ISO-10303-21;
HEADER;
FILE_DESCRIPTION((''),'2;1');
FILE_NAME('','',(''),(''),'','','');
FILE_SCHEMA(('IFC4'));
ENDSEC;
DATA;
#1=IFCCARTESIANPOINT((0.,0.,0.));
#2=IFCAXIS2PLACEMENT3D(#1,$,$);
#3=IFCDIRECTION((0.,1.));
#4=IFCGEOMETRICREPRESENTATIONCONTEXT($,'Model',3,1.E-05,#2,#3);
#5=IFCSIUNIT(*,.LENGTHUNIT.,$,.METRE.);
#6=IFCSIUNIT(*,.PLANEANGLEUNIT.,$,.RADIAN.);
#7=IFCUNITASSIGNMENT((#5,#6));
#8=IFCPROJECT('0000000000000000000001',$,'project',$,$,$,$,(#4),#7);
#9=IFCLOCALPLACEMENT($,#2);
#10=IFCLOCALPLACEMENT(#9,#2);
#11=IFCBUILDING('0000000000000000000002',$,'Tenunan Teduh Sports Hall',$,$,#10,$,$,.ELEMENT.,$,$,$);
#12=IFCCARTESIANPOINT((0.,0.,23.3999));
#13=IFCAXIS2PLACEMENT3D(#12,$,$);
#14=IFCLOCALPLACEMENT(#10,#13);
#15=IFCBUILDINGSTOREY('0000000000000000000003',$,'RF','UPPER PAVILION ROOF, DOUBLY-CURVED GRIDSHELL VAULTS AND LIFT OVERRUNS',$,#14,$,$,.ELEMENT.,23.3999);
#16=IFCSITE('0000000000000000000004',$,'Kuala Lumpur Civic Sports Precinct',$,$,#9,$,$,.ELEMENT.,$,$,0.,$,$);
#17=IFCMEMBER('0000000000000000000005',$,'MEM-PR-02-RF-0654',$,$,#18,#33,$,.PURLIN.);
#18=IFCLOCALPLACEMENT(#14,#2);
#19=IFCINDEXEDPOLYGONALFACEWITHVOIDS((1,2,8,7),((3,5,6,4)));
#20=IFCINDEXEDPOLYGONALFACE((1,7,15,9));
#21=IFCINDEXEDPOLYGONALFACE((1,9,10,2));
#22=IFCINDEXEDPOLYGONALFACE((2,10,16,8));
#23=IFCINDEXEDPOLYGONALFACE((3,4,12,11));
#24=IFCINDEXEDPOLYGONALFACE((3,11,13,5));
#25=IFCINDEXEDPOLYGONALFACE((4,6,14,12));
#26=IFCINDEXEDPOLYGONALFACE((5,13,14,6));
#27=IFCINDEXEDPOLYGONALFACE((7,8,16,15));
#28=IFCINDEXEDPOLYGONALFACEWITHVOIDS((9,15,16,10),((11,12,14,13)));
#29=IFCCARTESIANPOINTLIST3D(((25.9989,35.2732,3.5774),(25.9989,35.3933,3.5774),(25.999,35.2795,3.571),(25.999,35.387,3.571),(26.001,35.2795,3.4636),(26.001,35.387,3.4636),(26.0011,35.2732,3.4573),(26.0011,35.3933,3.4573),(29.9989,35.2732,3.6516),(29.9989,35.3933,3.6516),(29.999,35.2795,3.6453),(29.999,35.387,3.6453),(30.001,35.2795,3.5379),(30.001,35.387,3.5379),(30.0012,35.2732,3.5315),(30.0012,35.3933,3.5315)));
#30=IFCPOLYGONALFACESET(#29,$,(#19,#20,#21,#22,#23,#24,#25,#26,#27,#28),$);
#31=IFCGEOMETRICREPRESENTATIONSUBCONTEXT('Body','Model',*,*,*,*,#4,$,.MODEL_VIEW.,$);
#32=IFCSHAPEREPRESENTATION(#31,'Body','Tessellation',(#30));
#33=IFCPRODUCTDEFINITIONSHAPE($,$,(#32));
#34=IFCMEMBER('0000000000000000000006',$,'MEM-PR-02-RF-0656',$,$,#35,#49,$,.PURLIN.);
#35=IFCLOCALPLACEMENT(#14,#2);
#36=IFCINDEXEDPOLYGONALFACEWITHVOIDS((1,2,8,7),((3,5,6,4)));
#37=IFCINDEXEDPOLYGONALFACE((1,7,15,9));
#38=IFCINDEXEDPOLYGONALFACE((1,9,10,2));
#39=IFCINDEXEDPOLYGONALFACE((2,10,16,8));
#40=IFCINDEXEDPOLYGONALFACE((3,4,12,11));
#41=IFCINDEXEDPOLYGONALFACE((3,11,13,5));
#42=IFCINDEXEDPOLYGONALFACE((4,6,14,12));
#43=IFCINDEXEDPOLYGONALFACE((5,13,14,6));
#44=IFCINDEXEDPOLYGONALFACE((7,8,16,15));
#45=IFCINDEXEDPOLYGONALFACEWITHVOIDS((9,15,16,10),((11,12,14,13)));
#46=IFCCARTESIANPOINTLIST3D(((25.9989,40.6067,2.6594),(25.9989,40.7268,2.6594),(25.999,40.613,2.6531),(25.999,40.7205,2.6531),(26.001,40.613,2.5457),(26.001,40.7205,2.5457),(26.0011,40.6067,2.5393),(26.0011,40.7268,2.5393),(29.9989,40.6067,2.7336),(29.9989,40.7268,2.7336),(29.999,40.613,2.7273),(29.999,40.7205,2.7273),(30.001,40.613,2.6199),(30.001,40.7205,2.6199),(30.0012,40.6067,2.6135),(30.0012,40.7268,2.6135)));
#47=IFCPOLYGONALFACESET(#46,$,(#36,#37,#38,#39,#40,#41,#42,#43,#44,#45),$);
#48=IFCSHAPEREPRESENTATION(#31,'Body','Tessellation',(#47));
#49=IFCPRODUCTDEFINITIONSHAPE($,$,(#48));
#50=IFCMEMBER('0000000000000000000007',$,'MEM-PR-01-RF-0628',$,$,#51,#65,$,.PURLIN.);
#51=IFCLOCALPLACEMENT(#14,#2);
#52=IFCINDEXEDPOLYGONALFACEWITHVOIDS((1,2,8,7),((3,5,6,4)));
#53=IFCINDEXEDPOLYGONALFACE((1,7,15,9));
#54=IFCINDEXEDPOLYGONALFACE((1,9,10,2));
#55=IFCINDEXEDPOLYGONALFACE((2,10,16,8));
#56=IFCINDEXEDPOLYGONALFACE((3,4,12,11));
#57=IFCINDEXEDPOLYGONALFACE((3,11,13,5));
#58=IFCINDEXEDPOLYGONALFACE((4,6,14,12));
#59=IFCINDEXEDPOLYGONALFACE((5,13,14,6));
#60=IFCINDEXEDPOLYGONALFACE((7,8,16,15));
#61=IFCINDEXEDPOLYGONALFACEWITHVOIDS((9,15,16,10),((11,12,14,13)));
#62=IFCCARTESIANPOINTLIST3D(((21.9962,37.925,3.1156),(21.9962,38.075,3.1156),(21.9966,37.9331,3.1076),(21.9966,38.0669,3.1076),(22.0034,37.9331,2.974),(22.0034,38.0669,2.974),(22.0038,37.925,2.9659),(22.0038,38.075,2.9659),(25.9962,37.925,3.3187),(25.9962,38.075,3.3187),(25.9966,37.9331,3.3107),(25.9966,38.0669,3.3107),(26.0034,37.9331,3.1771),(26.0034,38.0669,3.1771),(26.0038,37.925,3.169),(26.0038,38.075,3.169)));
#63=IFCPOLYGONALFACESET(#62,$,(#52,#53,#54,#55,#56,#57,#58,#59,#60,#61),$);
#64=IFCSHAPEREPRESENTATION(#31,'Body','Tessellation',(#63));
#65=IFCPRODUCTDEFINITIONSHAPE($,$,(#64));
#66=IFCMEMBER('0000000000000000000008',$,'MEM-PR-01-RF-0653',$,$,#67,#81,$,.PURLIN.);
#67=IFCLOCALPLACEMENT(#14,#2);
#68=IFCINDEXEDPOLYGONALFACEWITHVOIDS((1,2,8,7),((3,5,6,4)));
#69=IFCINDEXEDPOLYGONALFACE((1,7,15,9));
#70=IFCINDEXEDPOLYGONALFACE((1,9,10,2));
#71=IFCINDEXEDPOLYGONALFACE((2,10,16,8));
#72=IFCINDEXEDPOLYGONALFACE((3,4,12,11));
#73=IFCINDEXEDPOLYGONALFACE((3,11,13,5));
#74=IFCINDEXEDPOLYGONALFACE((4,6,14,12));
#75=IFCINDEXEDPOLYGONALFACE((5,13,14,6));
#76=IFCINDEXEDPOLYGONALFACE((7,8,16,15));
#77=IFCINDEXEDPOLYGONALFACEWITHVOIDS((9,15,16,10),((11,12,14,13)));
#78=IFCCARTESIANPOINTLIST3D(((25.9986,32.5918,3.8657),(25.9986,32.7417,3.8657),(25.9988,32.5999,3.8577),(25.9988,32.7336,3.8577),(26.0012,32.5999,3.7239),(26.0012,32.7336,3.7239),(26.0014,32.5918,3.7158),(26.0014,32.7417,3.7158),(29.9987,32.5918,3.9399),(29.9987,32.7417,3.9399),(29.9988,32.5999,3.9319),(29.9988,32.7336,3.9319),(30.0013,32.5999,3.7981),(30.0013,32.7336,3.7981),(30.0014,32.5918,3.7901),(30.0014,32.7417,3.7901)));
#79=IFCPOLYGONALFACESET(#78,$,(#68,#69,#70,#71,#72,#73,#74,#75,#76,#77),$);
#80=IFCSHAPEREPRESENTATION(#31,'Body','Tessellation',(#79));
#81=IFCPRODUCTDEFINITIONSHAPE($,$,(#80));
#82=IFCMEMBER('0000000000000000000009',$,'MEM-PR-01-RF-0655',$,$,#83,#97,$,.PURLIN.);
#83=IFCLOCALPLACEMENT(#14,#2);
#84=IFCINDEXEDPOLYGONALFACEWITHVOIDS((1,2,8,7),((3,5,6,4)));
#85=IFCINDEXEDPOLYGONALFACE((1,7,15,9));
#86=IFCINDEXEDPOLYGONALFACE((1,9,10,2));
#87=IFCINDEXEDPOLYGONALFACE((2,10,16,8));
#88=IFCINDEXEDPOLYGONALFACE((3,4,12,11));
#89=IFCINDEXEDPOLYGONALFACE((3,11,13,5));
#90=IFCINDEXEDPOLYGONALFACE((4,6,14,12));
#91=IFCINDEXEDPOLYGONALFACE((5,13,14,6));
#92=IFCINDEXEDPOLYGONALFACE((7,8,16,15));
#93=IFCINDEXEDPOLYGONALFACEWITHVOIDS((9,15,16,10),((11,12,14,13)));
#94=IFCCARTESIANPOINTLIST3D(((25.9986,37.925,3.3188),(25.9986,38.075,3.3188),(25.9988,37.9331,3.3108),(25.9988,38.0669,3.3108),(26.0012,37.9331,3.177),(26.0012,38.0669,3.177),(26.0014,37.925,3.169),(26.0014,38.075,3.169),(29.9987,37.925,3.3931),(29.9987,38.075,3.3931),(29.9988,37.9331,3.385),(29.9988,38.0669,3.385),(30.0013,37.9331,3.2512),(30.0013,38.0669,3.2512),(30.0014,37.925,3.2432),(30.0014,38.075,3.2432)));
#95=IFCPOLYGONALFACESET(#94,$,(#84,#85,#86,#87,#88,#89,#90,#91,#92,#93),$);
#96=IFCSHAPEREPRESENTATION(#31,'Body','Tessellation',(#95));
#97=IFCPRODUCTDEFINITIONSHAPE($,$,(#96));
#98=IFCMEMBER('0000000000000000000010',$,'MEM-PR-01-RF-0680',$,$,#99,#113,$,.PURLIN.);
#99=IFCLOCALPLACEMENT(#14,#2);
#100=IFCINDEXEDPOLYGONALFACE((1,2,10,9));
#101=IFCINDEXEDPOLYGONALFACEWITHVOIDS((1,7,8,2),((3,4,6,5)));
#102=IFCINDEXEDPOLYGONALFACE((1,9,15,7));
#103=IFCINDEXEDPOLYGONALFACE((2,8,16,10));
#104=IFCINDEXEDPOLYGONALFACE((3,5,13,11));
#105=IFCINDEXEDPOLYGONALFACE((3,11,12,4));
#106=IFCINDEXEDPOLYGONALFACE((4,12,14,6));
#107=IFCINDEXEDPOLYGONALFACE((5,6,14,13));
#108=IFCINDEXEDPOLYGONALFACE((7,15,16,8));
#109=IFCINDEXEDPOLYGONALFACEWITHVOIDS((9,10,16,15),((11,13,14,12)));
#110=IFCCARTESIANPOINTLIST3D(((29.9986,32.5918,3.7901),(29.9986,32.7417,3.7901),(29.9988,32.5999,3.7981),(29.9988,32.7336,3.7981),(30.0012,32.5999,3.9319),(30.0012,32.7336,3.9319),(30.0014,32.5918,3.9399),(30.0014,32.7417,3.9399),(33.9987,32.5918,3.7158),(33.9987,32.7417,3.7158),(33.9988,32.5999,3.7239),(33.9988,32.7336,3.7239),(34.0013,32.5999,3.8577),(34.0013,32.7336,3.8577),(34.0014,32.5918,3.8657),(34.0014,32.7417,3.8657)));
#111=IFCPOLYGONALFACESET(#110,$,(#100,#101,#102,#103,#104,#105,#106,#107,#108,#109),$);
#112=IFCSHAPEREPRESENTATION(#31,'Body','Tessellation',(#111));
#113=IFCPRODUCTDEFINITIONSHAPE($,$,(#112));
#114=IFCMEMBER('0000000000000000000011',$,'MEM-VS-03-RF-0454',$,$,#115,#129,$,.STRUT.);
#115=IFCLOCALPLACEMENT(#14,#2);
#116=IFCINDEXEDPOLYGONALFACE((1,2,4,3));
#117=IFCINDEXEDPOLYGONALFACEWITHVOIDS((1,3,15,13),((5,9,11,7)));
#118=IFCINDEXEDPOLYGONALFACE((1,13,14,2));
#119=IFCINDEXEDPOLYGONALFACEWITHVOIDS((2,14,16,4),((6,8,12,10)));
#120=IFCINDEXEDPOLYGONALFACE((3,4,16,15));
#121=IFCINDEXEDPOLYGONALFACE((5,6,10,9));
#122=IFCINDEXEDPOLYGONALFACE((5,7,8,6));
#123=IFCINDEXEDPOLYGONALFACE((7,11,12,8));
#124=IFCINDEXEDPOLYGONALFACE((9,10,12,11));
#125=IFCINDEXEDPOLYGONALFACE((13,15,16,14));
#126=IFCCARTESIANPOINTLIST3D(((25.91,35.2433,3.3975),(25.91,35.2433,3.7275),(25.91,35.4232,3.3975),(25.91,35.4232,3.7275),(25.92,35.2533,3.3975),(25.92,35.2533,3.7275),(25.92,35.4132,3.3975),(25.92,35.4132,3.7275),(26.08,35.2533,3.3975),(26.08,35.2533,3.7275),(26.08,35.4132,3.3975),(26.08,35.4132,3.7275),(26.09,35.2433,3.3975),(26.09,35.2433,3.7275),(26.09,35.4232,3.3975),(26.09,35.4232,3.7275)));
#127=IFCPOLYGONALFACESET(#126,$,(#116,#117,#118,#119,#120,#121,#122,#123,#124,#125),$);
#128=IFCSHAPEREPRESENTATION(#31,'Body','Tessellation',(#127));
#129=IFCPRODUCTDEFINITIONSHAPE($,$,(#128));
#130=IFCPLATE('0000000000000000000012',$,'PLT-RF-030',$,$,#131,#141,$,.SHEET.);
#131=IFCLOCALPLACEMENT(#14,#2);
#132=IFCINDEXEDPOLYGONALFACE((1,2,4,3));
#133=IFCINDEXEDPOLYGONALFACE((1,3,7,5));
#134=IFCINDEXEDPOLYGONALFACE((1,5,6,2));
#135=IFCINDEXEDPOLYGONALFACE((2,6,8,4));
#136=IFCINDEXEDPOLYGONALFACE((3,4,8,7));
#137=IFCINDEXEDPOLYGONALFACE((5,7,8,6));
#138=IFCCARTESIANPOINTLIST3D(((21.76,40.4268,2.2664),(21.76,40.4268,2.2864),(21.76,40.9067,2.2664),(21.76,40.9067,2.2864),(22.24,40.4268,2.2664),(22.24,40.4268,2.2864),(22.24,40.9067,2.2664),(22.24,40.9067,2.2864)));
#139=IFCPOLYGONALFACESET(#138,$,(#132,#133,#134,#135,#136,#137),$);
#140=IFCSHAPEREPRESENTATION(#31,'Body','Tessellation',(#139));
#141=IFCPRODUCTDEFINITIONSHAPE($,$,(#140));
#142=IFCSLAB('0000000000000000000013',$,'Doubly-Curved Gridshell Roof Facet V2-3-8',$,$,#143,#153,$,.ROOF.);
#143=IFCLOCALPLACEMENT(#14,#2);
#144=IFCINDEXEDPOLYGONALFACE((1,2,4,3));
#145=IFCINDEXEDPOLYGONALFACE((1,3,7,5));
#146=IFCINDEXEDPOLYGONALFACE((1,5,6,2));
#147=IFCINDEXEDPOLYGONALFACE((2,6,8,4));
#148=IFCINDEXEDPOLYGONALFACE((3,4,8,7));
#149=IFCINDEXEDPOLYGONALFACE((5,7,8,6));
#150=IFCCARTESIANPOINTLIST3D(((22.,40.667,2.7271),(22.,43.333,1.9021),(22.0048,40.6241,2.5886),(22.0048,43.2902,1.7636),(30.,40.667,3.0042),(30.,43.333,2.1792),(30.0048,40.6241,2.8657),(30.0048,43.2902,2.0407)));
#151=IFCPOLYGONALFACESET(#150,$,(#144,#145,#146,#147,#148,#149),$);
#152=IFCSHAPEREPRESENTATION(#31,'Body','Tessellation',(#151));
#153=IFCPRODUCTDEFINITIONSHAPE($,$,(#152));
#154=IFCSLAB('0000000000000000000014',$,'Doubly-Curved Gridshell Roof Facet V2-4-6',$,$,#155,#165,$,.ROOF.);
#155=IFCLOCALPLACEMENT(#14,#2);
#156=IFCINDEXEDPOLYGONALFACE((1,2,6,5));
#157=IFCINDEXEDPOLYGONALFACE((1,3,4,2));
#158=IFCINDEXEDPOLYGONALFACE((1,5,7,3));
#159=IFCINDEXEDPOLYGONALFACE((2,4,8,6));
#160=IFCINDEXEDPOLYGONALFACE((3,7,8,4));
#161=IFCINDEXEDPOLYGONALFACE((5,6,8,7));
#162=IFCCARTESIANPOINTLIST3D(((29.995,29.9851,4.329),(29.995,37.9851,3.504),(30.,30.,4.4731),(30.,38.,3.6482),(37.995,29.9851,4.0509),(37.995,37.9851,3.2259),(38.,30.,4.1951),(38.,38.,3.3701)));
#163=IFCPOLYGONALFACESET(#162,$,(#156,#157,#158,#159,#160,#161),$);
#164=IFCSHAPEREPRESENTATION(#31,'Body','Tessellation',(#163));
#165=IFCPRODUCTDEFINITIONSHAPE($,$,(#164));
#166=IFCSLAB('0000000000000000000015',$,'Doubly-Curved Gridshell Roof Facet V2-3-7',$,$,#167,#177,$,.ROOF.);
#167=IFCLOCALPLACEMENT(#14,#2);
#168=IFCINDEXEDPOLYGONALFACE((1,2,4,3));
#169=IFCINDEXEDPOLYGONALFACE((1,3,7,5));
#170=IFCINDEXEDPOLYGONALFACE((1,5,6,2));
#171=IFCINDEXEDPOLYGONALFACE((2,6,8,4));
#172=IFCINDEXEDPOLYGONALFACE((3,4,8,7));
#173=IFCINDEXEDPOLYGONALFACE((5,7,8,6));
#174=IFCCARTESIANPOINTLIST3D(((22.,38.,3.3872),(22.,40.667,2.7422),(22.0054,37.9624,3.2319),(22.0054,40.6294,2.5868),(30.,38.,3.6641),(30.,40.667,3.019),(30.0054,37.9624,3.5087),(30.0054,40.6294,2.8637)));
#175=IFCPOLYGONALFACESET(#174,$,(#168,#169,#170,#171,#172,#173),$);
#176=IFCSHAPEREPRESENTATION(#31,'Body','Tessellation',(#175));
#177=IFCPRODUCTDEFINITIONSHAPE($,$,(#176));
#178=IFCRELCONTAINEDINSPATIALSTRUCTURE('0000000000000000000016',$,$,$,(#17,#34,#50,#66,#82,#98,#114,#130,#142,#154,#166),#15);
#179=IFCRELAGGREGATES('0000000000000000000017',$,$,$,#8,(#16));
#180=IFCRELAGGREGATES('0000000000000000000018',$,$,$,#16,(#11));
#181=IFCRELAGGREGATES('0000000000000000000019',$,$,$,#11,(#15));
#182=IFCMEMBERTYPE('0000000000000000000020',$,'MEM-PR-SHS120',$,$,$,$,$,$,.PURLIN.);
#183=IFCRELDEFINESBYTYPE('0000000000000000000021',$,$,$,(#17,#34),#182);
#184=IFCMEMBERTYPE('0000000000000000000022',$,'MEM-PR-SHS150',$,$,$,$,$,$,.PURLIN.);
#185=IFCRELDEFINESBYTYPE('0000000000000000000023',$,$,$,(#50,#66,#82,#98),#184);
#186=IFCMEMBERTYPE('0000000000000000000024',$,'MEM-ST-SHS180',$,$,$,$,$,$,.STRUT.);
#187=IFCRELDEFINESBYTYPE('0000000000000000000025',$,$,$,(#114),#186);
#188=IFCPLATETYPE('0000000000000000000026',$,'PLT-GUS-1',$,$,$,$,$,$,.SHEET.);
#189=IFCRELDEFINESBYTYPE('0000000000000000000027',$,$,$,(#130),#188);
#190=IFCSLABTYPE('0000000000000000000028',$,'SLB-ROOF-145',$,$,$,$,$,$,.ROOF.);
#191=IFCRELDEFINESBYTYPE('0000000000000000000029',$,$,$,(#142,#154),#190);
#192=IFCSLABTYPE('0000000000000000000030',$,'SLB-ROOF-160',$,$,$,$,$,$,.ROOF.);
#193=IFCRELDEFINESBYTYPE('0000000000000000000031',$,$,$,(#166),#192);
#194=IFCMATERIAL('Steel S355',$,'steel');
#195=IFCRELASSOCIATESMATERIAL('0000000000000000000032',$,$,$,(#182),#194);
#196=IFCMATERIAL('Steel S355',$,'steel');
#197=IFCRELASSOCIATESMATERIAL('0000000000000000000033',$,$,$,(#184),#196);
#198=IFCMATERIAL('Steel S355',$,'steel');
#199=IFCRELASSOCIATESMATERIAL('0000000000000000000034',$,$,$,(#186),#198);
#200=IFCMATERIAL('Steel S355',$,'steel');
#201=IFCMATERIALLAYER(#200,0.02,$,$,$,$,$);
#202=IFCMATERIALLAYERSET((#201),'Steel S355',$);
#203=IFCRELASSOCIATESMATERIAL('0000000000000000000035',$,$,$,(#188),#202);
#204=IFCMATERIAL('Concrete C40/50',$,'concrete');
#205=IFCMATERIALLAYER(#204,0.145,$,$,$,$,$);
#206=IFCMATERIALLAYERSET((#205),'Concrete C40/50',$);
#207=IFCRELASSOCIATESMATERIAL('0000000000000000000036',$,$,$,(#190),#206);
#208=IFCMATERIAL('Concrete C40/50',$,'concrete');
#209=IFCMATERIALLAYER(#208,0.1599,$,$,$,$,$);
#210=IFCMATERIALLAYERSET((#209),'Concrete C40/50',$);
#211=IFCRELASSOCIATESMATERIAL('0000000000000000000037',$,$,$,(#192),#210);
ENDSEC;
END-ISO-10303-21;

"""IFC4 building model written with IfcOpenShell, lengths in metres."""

from ifc_helpers import new_model, si_unit, direction, frame, origin, origin_2d, place, context, subcontext, project, spatial, polyline, rectangle, hollow_rectangle, outline, extrude, material, layer, layer_set, material_profile, profile_set, type_object, element, save


model = new_model("IFC4")

# Units and contexts
model_context = context("Model", 3, precision=1e-05, world=origin(), true_north=direction((0.0, 1.0)))
body_context = subcontext(model_context, "Body", "Model", "MODEL_VIEW")
ifc_project = project(units=[si_unit("LENGTHUNIT", "METRE"), si_unit("PLANEANGLEUNIT", "RADIAN")], contexts=[model_context])

# Site, building, storey
site_placement = place(None, origin())
site = spatial("IfcSite", under=ifc_project, at=site_placement, Name="Kuala Lumpur Civic Sports Precinct", CompositionType="ELEMENT", RefElevation=0.0)
building_placement = place(site_placement, origin())
building = spatial("IfcBuilding", under=site, at=building_placement, Name="Tenunan Teduh Sports Hall", CompositionType="ELEMENT")
storey_placement = place(building_placement, frame((0.0, 0.0, 23.3999)))
storey = spatial("IfcBuildingStorey", under=building, at=storey_placement, Name="RF", Description="UPPER PAVILION ROOF, DOUBLY-CURVED GRIDSHELL VAULTS AND LIFT OVERRUNS", CompositionType="ELEMENT", Elevation=23.3999)

# Members
ifc_material_1 = material(Name="Steel S355", Category="steel")
ifc_material_profile_1 = material_profile(ifc_material_1, hollow_rectangle(XDim=0.1201, YDim=0.1201, WallThickness=0.0063, at=origin_2d()), Name="SHS 120x120x6.3")
ifc_profile_set_1 = profile_set([ifc_material_profile_1], Name="Steel S355")
member_type_1 = type_object("IfcMemberType", Name="MEM-PR-SHS120", PredefinedType="PURLIN", material=ifc_profile_set_1)
for number, where, z_axis, x_axis, name in (
    (1, (26.0, 35.3333, 3.5173), (0.999828, 0.0, 0.018551), (0.0, 1.0, 0.0), "MEM-PR-02-RF-0654"),
    (2, (26.0, 40.6667, 2.5994), (0.999828, 0.0, 0.018551), (0.0, 1.0, 0.0), "MEM-PR-02-RF-0656"),
):
    element("IfcMember", number, at=place(storey_placement, frame(where, z_axis=z_axis, x_axis=x_axis)), inside=storey, type_object=member_type_1, Name=name, PredefinedType="PURLIN", context=body_context, shape_type="SweptSolid", body=[
        extrude(hollow_rectangle(XDim=0.1201, YDim=0.1201, WallThickness=0.0063, at=origin_2d()), origin(), (0.0, 0.0, 1.0), 4.0007),
    ])
ifc_material_2 = material(Name="Steel S355", Category="steel")
ifc_material_profile_2 = material_profile(ifc_material_2, hollow_rectangle(XDim=0.1499, YDim=0.1499, WallThickness=0.0081, at=origin_2d()), Name="SHS 150x150x8.0")
ifc_profile_set_2 = profile_set([ifc_material_profile_2], Name="Steel S355")
member_type_2 = type_object("IfcMemberType", Name="MEM-PR-SHS150", PredefinedType="PURLIN", material=ifc_profile_set_2)
member_1_placement = place(storey_placement, frame((22.0, 38.0, 3.0408), z_axis=(0.998713, 0.0, 0.050716), x_axis=(0.0, 1.0, 0.0)))
element("IfcMember", 3, at=member_1_placement, inside=storey, type_object=member_type_2, Name="MEM-PR-01-RF-0628", PredefinedType="PURLIN", context=body_context, shape_type="SweptSolid", body=[
    extrude(hollow_rectangle(XDim=0.1499, YDim=0.1499, WallThickness=0.0081, at=origin_2d()), origin(), (0.0, 0.0, 1.0), 4.0051),
])
for number, where, z_axis, x_axis, name in (
    (4, (26.0, 32.6667, 3.7908), (0.999828, 0.0, 0.018551), (0.0, 1.0, 0.0), "MEM-PR-01-RF-0653"),
    (5, (26.0, 38.0, 3.2439), (0.999828, 0.0, 0.018551), (0.0, 1.0, 0.0), "MEM-PR-01-RF-0655"),
    (6, (30.0, 32.6667, 3.865), (0.999828, 0.0, -0.018551), (0.0, 1.0, 0.0), "MEM-PR-01-RF-0680"),
):
    element("IfcMember", number, at=place(storey_placement, frame(where, z_axis=z_axis, x_axis=x_axis)), inside=storey, type_object=member_type_2, Name=name, PredefinedType="PURLIN", context=body_context, shape_type="SweptSolid", body=[
        extrude(hollow_rectangle(XDim=0.1499, YDim=0.1499, WallThickness=0.0081, at=origin_2d()), origin(), (0.0, 0.0, 1.0), 4.0007),
    ])
ifc_material_3 = material(Name="Steel S355", Category="steel")
ifc_material_profile_3 = material_profile(ifc_material_3, hollow_rectangle(XDim=0.1799, YDim=0.1799, WallThickness=0.01, at=origin_2d()), Name="SHS 180x180x10.0")
ifc_profile_set_3 = profile_set([ifc_material_profile_3], Name="Steel S355")
member_type_3 = type_object("IfcMemberType", Name="MEM-ST-SHS180", PredefinedType="STRUT", material=ifc_profile_set_3)
member_2_placement = place(storey_placement, frame((26.0, 35.3333, 3.3975), z_axis=(0.0, 0.0, 1.0), x_axis=(1.0, 0.0, 0.0)))
element("IfcMember", 7, at=member_2_placement, inside=storey, type_object=member_type_3, Name="MEM-VS-03-RF-0454", PredefinedType="STRUT", context=body_context, shape_type="SweptSolid", body=[
    extrude(hollow_rectangle(XDim=0.1799, YDim=0.1799, WallThickness=0.01, at=origin_2d()), origin(), (0.0, 0.0, 1.0), 0.3301),
])

# Plate
ifc_material_4 = material(Name="Steel S355", Category="steel")
ifc_layer_1 = layer(ifc_material_4, 0.02)
ifc_layer_set_1 = layer_set([ifc_layer_1], Name="Steel S355")
plate_type = type_object("IfcPlateType", Name="PLT-GUS-1", PredefinedType="SHEET", material=ifc_layer_set_1)
plate_placement = place(storey_placement, frame((22.0, 40.6667, 2.2664), z_axis=(0.0, 0.0, 1.0), x_axis=(1.0, 0.0, 0.0)))
element("IfcPlate", 8, at=plate_placement, inside=storey, type_object=plate_type, Name="PLT-RF-030", PredefinedType="SHEET", context=body_context, shape_type="SweptSolid", body=[
    extrude(rectangle(XDim=0.48, YDim=0.48, at=origin_2d()), origin(), (0.0, 0.0, 1.0), 0.02),
])

# Slabs
ifc_material_5 = material(Name="Concrete C40/50", Category="concrete")
ifc_layer_2 = layer(ifc_material_5, 0.145)
ifc_layer_set_2 = layer_set([ifc_layer_2], Name="Concrete C40/50")
slab_type_1 = type_object("IfcSlabType", Name="SLB-ROOF-145", PredefinedType="ROOF", material=ifc_layer_set_2)
slab_1_placement = place(storey_placement, frame((22.0, 40.667, 2.7271), z_axis=(-0.033071, 0.295442, 0.954788), x_axis=(0.999401, 0.0, 0.034617)))
element("IfcSlab", 9, at=slab_1_placement, inside=storey, type_object=slab_type_1, Name="Doubly-Curved Gridshell Roof Facet V2-3-8", PredefinedType="ROOF", context=body_context, shape_type="SweptSolid", body=[
    extrude(outline(polyline([(0.0, 0.0), (8.0048, 0.0), (7.9762, 2.7906), (-0.0286, 2.7906), (0.0, 0.0)])), origin(), (0.0, 0.0, -1.0), 0.145),
])
slab_2_placement = place(storey_placement, frame((30.0, 30.0, 4.4731), z_axis=(0.034556, 0.102514, 0.994131), x_axis=(0.999396, 0.0, -0.034739)))
element("IfcSlab", 10, at=slab_2_placement, inside=storey, type_object=slab_type_1, Name="Doubly-Curved Gridshell Roof Facet V2-4-6", PredefinedType="ROOF", context=body_context, shape_type="SweptSolid", body=[
    extrude(outline(polyline([(0.0, 0.0), (8.0048, 0.0), (8.0335, 8.0424), (0.0287, 8.0424), (0.0, 0.0)])), origin(), (0.0, 0.0, -1.0), 0.145),
])
ifc_material_6 = material(Name="Concrete C40/50", Category="concrete")
ifc_layer_3 = layer(ifc_material_6, 0.1599)
ifc_layer_set_3 = layer_set([ifc_layer_3], Name="Concrete C40/50")
slab_type_2 = type_object("IfcSlabType", Name="SLB-ROOF-160", PredefinedType="ROOF", material=ifc_layer_set_3)
slab_3_placement = place(storey_placement, frame((22.0, 38.0, 3.3872), z_axis=(-0.033618, 0.234943, 0.971428), x_axis=(0.999402, 0.0, 0.034586)))
element("IfcSlab", 11, at=slab_3_placement, inside=storey, type_object=slab_type_2, Name="Doubly-Curved Gridshell Roof Facet V2-3-7", PredefinedType="ROOF", context=body_context, shape_type="SweptSolid", body=[
    extrude(outline(polyline([(0.0, 0.0), (8.0048, 0.0), (7.9825, 2.7438), (-0.0223, 2.7438), (0.0, 0.0)])), origin(), (0.0, 0.0, -1.0), 0.1599),
])

save(model, "model.ifc")
